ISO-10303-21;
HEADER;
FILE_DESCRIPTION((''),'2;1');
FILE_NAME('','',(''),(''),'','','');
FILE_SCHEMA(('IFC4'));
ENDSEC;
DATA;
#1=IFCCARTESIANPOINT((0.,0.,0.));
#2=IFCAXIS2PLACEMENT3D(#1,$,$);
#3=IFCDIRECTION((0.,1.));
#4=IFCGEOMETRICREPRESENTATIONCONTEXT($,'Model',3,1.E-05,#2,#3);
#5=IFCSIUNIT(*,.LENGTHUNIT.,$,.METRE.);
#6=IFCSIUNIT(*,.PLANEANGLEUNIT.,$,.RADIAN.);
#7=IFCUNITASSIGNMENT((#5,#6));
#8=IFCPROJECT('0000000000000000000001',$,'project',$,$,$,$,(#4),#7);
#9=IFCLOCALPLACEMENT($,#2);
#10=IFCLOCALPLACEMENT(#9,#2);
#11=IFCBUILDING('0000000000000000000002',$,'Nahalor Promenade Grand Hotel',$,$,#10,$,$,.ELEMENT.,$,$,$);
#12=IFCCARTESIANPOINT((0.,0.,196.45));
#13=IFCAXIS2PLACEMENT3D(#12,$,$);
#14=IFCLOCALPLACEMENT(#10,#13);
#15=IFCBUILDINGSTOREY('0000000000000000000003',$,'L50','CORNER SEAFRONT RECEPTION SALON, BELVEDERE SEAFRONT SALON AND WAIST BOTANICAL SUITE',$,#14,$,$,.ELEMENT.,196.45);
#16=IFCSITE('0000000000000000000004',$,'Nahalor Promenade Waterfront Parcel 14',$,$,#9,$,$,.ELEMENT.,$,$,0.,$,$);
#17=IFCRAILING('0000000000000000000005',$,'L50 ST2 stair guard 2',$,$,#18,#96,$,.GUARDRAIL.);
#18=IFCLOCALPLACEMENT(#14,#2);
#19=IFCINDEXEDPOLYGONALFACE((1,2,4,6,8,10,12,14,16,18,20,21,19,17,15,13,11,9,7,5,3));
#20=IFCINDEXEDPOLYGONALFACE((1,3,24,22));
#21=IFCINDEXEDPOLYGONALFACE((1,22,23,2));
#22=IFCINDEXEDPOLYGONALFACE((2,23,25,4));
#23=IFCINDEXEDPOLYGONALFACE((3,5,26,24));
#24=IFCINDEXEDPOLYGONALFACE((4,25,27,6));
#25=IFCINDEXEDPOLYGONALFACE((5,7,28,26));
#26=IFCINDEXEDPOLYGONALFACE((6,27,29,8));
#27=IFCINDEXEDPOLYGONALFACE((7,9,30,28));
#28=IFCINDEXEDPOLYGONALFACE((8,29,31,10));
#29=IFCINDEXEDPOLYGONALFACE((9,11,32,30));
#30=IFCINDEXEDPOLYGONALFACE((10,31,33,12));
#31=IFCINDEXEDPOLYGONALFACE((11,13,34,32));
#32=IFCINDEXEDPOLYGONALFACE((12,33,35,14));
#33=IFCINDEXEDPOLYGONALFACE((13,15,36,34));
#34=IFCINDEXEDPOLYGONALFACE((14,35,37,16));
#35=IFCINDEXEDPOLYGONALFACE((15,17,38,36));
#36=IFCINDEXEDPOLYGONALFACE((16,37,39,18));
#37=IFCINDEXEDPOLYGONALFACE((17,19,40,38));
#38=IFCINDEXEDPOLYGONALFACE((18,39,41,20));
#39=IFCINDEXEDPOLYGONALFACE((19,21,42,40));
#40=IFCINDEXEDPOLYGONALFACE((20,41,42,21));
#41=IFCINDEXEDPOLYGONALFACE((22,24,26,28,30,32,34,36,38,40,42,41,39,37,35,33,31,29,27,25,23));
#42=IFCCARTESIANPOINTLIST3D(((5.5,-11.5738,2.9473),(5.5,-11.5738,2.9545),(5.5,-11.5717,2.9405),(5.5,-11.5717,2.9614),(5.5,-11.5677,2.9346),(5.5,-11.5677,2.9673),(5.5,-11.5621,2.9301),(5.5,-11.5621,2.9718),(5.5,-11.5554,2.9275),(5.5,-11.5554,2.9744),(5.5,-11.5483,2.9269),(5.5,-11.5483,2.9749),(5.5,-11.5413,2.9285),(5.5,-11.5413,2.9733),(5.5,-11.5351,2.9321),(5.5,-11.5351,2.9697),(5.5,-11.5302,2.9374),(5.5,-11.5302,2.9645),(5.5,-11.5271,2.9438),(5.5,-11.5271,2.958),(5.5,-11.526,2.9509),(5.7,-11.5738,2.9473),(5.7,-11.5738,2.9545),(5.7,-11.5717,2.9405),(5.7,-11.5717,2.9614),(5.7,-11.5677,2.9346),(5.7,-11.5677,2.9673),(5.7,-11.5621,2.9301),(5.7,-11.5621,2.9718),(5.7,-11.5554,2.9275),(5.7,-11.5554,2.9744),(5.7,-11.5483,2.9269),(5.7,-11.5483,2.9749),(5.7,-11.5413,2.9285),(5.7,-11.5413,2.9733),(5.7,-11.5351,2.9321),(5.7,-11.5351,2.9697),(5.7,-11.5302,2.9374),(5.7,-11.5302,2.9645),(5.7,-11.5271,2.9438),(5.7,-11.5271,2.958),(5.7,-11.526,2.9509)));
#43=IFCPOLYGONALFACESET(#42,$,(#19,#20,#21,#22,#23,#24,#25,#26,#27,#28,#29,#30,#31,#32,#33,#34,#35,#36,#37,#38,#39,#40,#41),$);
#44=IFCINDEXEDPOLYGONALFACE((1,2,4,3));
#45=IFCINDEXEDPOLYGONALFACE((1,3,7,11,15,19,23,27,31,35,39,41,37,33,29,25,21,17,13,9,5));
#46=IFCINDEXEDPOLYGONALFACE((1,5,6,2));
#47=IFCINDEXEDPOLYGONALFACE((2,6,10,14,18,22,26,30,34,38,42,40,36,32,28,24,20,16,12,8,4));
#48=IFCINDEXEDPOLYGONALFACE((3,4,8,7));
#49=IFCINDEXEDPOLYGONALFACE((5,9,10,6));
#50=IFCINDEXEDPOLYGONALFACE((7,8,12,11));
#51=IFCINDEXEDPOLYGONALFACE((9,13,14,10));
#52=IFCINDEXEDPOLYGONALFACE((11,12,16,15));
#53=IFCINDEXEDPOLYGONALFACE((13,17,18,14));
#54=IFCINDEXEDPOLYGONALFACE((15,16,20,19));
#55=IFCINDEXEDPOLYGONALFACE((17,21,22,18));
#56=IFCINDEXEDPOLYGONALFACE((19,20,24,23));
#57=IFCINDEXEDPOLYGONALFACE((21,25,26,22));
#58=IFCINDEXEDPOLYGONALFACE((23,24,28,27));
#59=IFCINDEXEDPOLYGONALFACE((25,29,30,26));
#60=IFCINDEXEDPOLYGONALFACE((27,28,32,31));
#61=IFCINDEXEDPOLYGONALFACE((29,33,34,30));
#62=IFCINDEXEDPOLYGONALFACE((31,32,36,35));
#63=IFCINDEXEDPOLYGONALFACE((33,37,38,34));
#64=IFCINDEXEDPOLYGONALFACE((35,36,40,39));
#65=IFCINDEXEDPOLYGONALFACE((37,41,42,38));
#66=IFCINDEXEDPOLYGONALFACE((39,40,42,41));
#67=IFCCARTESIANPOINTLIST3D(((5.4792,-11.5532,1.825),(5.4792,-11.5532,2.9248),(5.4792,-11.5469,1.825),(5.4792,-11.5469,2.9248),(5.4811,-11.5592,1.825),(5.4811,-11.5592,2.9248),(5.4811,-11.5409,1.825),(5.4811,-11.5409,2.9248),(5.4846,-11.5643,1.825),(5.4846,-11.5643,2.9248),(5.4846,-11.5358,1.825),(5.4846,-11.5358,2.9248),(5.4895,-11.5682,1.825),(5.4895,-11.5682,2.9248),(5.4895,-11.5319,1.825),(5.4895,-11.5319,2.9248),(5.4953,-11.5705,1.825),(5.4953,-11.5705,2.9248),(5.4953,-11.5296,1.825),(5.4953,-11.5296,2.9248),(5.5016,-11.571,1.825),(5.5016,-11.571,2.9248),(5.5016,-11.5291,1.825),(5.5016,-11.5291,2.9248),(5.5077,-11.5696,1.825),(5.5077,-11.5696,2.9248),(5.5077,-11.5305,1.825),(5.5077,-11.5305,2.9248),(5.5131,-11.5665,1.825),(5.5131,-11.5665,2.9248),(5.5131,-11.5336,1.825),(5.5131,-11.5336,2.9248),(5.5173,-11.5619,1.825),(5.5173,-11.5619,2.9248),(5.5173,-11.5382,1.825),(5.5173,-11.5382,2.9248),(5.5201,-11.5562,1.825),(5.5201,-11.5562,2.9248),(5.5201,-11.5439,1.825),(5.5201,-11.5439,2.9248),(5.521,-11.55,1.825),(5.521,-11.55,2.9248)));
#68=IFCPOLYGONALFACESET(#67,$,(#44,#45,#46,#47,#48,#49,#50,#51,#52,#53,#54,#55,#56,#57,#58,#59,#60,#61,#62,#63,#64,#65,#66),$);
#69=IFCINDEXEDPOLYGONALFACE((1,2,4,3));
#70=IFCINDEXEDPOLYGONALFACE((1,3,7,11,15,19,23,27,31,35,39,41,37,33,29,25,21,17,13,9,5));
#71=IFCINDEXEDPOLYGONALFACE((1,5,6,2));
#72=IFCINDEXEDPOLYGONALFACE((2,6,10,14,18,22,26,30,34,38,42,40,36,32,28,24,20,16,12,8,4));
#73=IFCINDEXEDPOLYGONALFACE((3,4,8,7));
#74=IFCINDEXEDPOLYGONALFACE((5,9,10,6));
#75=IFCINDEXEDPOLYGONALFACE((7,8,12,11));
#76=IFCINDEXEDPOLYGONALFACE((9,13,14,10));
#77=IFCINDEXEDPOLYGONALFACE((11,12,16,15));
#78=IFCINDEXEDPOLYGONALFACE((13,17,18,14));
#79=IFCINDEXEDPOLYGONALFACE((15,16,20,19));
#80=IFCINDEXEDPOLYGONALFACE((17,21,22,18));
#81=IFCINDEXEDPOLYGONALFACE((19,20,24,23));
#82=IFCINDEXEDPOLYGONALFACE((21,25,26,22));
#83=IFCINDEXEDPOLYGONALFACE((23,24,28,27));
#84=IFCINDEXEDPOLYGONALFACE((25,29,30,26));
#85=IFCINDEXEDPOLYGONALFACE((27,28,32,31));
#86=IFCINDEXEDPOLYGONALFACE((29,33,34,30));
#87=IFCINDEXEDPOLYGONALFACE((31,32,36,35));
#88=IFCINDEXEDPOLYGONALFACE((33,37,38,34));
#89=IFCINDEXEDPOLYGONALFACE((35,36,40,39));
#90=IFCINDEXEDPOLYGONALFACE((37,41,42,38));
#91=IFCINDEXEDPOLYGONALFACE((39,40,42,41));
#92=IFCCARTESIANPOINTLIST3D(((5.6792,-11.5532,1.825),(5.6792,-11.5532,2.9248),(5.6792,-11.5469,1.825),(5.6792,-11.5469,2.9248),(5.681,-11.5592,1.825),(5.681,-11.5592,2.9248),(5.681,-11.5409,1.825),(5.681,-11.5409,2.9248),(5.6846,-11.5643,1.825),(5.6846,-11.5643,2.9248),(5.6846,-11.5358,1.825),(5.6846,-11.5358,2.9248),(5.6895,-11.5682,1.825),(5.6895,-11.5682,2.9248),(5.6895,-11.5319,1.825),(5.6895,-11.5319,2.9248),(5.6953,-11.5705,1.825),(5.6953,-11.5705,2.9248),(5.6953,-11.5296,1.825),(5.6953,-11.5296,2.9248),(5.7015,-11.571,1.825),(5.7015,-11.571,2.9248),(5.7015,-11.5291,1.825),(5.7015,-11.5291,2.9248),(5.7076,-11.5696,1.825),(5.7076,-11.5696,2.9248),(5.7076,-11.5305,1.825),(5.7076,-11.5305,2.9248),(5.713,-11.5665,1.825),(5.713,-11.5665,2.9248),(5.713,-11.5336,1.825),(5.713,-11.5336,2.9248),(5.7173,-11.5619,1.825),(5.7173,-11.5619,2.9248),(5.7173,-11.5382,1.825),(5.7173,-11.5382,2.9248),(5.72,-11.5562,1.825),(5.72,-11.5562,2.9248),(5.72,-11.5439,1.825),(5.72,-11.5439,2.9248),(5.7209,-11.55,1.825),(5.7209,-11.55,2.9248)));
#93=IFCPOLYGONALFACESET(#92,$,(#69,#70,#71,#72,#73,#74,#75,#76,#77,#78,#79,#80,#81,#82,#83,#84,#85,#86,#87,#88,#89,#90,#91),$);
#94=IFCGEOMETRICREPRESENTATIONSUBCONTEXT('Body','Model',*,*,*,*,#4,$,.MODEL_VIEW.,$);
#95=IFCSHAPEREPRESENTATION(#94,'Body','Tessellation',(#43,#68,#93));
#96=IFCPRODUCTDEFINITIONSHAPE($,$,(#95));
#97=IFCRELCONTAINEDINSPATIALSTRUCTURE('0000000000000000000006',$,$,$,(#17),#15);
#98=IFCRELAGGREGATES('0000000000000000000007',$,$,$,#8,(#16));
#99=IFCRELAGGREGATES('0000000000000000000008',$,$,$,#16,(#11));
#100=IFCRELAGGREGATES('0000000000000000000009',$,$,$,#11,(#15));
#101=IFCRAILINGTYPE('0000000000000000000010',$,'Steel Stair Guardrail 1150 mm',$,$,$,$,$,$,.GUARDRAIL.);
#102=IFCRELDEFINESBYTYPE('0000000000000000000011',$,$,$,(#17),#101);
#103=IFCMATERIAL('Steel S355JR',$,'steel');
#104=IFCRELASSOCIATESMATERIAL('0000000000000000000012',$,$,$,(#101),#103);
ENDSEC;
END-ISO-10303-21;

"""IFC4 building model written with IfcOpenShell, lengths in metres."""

from ifc_helpers import new_model, si_unit, direction, frame, origin, origin_2d, place, context, subcontext, project, spatial, circle, extrude, material, type_object, element, save


model = new_model("IFC4")

# Units and contexts
model_context = context("Model", 3, precision=1e-05, world=origin(), true_north=direction((0.0, 1.0)))
body_context = subcontext(model_context, "Body", "Model", "MODEL_VIEW")
ifc_project = project(units=[si_unit("LENGTHUNIT", "METRE"), si_unit("PLANEANGLEUNIT", "RADIAN")], contexts=[model_context])

# Site, building, storey
site_placement = place(None, origin())
site = spatial("IfcSite", under=ifc_project, at=site_placement, Name="Nahalor Promenade Waterfront Parcel 14", CompositionType="ELEMENT", RefElevation=0.0)
building_placement = place(site_placement, origin())
building = spatial("IfcBuilding", under=site, at=building_placement, Name="Nahalor Promenade Grand Hotel", CompositionType="ELEMENT")
storey_placement = place(building_placement, frame((0.0, 0.0, 196.45)))
storey = spatial("IfcBuildingStorey", under=building, at=storey_placement, Name="L50", Description="CORNER SEAFRONT RECEPTION SALON, BELVEDERE SEAFRONT SALON AND WAIST BOTANICAL SUITE", CompositionType="ELEMENT", Elevation=196.45)

# Shared definitions
ifc_material_1 = material(Name="Steel S355JR", Category="steel")

# Railing
railing_type_1 = type_object("IfcRailingType", Name="Steel Stair Guardrail 1150 mm", PredefinedType="GUARDRAIL", material=ifc_material_1)
railing_1_placement = place(storey_placement, frame((5.5, -11.55, 1.825)))
element("IfcRailing", 1, at=railing_1_placement, inside=storey, type_object=railing_type_1, Name="L50 ST2 stair guard 2", PredefinedType="GUARDRAIL", context=body_context, shape_type="SweptSolid", body=[
    extrude(circle(Radius=0.024, at=origin_2d()), frame((0.0, 0.0, 1.126), z_axis=(1.0, 0.0, 0.0), x_axis=(0.0, 1.0, 0.0)), (0.0, 0.0, 1.0), 0.2),
    extrude(circle(Radius=0.021, at=origin_2d()), origin(), (0.0, 0.0, 1.0), 1.0999),
    extrude(circle(Radius=0.021, at=origin_2d()), frame((0.2, 0.0, 0.0)), (0.0, 0.0, 1.0), 1.0999),
])

save(model, "model.ifc")
